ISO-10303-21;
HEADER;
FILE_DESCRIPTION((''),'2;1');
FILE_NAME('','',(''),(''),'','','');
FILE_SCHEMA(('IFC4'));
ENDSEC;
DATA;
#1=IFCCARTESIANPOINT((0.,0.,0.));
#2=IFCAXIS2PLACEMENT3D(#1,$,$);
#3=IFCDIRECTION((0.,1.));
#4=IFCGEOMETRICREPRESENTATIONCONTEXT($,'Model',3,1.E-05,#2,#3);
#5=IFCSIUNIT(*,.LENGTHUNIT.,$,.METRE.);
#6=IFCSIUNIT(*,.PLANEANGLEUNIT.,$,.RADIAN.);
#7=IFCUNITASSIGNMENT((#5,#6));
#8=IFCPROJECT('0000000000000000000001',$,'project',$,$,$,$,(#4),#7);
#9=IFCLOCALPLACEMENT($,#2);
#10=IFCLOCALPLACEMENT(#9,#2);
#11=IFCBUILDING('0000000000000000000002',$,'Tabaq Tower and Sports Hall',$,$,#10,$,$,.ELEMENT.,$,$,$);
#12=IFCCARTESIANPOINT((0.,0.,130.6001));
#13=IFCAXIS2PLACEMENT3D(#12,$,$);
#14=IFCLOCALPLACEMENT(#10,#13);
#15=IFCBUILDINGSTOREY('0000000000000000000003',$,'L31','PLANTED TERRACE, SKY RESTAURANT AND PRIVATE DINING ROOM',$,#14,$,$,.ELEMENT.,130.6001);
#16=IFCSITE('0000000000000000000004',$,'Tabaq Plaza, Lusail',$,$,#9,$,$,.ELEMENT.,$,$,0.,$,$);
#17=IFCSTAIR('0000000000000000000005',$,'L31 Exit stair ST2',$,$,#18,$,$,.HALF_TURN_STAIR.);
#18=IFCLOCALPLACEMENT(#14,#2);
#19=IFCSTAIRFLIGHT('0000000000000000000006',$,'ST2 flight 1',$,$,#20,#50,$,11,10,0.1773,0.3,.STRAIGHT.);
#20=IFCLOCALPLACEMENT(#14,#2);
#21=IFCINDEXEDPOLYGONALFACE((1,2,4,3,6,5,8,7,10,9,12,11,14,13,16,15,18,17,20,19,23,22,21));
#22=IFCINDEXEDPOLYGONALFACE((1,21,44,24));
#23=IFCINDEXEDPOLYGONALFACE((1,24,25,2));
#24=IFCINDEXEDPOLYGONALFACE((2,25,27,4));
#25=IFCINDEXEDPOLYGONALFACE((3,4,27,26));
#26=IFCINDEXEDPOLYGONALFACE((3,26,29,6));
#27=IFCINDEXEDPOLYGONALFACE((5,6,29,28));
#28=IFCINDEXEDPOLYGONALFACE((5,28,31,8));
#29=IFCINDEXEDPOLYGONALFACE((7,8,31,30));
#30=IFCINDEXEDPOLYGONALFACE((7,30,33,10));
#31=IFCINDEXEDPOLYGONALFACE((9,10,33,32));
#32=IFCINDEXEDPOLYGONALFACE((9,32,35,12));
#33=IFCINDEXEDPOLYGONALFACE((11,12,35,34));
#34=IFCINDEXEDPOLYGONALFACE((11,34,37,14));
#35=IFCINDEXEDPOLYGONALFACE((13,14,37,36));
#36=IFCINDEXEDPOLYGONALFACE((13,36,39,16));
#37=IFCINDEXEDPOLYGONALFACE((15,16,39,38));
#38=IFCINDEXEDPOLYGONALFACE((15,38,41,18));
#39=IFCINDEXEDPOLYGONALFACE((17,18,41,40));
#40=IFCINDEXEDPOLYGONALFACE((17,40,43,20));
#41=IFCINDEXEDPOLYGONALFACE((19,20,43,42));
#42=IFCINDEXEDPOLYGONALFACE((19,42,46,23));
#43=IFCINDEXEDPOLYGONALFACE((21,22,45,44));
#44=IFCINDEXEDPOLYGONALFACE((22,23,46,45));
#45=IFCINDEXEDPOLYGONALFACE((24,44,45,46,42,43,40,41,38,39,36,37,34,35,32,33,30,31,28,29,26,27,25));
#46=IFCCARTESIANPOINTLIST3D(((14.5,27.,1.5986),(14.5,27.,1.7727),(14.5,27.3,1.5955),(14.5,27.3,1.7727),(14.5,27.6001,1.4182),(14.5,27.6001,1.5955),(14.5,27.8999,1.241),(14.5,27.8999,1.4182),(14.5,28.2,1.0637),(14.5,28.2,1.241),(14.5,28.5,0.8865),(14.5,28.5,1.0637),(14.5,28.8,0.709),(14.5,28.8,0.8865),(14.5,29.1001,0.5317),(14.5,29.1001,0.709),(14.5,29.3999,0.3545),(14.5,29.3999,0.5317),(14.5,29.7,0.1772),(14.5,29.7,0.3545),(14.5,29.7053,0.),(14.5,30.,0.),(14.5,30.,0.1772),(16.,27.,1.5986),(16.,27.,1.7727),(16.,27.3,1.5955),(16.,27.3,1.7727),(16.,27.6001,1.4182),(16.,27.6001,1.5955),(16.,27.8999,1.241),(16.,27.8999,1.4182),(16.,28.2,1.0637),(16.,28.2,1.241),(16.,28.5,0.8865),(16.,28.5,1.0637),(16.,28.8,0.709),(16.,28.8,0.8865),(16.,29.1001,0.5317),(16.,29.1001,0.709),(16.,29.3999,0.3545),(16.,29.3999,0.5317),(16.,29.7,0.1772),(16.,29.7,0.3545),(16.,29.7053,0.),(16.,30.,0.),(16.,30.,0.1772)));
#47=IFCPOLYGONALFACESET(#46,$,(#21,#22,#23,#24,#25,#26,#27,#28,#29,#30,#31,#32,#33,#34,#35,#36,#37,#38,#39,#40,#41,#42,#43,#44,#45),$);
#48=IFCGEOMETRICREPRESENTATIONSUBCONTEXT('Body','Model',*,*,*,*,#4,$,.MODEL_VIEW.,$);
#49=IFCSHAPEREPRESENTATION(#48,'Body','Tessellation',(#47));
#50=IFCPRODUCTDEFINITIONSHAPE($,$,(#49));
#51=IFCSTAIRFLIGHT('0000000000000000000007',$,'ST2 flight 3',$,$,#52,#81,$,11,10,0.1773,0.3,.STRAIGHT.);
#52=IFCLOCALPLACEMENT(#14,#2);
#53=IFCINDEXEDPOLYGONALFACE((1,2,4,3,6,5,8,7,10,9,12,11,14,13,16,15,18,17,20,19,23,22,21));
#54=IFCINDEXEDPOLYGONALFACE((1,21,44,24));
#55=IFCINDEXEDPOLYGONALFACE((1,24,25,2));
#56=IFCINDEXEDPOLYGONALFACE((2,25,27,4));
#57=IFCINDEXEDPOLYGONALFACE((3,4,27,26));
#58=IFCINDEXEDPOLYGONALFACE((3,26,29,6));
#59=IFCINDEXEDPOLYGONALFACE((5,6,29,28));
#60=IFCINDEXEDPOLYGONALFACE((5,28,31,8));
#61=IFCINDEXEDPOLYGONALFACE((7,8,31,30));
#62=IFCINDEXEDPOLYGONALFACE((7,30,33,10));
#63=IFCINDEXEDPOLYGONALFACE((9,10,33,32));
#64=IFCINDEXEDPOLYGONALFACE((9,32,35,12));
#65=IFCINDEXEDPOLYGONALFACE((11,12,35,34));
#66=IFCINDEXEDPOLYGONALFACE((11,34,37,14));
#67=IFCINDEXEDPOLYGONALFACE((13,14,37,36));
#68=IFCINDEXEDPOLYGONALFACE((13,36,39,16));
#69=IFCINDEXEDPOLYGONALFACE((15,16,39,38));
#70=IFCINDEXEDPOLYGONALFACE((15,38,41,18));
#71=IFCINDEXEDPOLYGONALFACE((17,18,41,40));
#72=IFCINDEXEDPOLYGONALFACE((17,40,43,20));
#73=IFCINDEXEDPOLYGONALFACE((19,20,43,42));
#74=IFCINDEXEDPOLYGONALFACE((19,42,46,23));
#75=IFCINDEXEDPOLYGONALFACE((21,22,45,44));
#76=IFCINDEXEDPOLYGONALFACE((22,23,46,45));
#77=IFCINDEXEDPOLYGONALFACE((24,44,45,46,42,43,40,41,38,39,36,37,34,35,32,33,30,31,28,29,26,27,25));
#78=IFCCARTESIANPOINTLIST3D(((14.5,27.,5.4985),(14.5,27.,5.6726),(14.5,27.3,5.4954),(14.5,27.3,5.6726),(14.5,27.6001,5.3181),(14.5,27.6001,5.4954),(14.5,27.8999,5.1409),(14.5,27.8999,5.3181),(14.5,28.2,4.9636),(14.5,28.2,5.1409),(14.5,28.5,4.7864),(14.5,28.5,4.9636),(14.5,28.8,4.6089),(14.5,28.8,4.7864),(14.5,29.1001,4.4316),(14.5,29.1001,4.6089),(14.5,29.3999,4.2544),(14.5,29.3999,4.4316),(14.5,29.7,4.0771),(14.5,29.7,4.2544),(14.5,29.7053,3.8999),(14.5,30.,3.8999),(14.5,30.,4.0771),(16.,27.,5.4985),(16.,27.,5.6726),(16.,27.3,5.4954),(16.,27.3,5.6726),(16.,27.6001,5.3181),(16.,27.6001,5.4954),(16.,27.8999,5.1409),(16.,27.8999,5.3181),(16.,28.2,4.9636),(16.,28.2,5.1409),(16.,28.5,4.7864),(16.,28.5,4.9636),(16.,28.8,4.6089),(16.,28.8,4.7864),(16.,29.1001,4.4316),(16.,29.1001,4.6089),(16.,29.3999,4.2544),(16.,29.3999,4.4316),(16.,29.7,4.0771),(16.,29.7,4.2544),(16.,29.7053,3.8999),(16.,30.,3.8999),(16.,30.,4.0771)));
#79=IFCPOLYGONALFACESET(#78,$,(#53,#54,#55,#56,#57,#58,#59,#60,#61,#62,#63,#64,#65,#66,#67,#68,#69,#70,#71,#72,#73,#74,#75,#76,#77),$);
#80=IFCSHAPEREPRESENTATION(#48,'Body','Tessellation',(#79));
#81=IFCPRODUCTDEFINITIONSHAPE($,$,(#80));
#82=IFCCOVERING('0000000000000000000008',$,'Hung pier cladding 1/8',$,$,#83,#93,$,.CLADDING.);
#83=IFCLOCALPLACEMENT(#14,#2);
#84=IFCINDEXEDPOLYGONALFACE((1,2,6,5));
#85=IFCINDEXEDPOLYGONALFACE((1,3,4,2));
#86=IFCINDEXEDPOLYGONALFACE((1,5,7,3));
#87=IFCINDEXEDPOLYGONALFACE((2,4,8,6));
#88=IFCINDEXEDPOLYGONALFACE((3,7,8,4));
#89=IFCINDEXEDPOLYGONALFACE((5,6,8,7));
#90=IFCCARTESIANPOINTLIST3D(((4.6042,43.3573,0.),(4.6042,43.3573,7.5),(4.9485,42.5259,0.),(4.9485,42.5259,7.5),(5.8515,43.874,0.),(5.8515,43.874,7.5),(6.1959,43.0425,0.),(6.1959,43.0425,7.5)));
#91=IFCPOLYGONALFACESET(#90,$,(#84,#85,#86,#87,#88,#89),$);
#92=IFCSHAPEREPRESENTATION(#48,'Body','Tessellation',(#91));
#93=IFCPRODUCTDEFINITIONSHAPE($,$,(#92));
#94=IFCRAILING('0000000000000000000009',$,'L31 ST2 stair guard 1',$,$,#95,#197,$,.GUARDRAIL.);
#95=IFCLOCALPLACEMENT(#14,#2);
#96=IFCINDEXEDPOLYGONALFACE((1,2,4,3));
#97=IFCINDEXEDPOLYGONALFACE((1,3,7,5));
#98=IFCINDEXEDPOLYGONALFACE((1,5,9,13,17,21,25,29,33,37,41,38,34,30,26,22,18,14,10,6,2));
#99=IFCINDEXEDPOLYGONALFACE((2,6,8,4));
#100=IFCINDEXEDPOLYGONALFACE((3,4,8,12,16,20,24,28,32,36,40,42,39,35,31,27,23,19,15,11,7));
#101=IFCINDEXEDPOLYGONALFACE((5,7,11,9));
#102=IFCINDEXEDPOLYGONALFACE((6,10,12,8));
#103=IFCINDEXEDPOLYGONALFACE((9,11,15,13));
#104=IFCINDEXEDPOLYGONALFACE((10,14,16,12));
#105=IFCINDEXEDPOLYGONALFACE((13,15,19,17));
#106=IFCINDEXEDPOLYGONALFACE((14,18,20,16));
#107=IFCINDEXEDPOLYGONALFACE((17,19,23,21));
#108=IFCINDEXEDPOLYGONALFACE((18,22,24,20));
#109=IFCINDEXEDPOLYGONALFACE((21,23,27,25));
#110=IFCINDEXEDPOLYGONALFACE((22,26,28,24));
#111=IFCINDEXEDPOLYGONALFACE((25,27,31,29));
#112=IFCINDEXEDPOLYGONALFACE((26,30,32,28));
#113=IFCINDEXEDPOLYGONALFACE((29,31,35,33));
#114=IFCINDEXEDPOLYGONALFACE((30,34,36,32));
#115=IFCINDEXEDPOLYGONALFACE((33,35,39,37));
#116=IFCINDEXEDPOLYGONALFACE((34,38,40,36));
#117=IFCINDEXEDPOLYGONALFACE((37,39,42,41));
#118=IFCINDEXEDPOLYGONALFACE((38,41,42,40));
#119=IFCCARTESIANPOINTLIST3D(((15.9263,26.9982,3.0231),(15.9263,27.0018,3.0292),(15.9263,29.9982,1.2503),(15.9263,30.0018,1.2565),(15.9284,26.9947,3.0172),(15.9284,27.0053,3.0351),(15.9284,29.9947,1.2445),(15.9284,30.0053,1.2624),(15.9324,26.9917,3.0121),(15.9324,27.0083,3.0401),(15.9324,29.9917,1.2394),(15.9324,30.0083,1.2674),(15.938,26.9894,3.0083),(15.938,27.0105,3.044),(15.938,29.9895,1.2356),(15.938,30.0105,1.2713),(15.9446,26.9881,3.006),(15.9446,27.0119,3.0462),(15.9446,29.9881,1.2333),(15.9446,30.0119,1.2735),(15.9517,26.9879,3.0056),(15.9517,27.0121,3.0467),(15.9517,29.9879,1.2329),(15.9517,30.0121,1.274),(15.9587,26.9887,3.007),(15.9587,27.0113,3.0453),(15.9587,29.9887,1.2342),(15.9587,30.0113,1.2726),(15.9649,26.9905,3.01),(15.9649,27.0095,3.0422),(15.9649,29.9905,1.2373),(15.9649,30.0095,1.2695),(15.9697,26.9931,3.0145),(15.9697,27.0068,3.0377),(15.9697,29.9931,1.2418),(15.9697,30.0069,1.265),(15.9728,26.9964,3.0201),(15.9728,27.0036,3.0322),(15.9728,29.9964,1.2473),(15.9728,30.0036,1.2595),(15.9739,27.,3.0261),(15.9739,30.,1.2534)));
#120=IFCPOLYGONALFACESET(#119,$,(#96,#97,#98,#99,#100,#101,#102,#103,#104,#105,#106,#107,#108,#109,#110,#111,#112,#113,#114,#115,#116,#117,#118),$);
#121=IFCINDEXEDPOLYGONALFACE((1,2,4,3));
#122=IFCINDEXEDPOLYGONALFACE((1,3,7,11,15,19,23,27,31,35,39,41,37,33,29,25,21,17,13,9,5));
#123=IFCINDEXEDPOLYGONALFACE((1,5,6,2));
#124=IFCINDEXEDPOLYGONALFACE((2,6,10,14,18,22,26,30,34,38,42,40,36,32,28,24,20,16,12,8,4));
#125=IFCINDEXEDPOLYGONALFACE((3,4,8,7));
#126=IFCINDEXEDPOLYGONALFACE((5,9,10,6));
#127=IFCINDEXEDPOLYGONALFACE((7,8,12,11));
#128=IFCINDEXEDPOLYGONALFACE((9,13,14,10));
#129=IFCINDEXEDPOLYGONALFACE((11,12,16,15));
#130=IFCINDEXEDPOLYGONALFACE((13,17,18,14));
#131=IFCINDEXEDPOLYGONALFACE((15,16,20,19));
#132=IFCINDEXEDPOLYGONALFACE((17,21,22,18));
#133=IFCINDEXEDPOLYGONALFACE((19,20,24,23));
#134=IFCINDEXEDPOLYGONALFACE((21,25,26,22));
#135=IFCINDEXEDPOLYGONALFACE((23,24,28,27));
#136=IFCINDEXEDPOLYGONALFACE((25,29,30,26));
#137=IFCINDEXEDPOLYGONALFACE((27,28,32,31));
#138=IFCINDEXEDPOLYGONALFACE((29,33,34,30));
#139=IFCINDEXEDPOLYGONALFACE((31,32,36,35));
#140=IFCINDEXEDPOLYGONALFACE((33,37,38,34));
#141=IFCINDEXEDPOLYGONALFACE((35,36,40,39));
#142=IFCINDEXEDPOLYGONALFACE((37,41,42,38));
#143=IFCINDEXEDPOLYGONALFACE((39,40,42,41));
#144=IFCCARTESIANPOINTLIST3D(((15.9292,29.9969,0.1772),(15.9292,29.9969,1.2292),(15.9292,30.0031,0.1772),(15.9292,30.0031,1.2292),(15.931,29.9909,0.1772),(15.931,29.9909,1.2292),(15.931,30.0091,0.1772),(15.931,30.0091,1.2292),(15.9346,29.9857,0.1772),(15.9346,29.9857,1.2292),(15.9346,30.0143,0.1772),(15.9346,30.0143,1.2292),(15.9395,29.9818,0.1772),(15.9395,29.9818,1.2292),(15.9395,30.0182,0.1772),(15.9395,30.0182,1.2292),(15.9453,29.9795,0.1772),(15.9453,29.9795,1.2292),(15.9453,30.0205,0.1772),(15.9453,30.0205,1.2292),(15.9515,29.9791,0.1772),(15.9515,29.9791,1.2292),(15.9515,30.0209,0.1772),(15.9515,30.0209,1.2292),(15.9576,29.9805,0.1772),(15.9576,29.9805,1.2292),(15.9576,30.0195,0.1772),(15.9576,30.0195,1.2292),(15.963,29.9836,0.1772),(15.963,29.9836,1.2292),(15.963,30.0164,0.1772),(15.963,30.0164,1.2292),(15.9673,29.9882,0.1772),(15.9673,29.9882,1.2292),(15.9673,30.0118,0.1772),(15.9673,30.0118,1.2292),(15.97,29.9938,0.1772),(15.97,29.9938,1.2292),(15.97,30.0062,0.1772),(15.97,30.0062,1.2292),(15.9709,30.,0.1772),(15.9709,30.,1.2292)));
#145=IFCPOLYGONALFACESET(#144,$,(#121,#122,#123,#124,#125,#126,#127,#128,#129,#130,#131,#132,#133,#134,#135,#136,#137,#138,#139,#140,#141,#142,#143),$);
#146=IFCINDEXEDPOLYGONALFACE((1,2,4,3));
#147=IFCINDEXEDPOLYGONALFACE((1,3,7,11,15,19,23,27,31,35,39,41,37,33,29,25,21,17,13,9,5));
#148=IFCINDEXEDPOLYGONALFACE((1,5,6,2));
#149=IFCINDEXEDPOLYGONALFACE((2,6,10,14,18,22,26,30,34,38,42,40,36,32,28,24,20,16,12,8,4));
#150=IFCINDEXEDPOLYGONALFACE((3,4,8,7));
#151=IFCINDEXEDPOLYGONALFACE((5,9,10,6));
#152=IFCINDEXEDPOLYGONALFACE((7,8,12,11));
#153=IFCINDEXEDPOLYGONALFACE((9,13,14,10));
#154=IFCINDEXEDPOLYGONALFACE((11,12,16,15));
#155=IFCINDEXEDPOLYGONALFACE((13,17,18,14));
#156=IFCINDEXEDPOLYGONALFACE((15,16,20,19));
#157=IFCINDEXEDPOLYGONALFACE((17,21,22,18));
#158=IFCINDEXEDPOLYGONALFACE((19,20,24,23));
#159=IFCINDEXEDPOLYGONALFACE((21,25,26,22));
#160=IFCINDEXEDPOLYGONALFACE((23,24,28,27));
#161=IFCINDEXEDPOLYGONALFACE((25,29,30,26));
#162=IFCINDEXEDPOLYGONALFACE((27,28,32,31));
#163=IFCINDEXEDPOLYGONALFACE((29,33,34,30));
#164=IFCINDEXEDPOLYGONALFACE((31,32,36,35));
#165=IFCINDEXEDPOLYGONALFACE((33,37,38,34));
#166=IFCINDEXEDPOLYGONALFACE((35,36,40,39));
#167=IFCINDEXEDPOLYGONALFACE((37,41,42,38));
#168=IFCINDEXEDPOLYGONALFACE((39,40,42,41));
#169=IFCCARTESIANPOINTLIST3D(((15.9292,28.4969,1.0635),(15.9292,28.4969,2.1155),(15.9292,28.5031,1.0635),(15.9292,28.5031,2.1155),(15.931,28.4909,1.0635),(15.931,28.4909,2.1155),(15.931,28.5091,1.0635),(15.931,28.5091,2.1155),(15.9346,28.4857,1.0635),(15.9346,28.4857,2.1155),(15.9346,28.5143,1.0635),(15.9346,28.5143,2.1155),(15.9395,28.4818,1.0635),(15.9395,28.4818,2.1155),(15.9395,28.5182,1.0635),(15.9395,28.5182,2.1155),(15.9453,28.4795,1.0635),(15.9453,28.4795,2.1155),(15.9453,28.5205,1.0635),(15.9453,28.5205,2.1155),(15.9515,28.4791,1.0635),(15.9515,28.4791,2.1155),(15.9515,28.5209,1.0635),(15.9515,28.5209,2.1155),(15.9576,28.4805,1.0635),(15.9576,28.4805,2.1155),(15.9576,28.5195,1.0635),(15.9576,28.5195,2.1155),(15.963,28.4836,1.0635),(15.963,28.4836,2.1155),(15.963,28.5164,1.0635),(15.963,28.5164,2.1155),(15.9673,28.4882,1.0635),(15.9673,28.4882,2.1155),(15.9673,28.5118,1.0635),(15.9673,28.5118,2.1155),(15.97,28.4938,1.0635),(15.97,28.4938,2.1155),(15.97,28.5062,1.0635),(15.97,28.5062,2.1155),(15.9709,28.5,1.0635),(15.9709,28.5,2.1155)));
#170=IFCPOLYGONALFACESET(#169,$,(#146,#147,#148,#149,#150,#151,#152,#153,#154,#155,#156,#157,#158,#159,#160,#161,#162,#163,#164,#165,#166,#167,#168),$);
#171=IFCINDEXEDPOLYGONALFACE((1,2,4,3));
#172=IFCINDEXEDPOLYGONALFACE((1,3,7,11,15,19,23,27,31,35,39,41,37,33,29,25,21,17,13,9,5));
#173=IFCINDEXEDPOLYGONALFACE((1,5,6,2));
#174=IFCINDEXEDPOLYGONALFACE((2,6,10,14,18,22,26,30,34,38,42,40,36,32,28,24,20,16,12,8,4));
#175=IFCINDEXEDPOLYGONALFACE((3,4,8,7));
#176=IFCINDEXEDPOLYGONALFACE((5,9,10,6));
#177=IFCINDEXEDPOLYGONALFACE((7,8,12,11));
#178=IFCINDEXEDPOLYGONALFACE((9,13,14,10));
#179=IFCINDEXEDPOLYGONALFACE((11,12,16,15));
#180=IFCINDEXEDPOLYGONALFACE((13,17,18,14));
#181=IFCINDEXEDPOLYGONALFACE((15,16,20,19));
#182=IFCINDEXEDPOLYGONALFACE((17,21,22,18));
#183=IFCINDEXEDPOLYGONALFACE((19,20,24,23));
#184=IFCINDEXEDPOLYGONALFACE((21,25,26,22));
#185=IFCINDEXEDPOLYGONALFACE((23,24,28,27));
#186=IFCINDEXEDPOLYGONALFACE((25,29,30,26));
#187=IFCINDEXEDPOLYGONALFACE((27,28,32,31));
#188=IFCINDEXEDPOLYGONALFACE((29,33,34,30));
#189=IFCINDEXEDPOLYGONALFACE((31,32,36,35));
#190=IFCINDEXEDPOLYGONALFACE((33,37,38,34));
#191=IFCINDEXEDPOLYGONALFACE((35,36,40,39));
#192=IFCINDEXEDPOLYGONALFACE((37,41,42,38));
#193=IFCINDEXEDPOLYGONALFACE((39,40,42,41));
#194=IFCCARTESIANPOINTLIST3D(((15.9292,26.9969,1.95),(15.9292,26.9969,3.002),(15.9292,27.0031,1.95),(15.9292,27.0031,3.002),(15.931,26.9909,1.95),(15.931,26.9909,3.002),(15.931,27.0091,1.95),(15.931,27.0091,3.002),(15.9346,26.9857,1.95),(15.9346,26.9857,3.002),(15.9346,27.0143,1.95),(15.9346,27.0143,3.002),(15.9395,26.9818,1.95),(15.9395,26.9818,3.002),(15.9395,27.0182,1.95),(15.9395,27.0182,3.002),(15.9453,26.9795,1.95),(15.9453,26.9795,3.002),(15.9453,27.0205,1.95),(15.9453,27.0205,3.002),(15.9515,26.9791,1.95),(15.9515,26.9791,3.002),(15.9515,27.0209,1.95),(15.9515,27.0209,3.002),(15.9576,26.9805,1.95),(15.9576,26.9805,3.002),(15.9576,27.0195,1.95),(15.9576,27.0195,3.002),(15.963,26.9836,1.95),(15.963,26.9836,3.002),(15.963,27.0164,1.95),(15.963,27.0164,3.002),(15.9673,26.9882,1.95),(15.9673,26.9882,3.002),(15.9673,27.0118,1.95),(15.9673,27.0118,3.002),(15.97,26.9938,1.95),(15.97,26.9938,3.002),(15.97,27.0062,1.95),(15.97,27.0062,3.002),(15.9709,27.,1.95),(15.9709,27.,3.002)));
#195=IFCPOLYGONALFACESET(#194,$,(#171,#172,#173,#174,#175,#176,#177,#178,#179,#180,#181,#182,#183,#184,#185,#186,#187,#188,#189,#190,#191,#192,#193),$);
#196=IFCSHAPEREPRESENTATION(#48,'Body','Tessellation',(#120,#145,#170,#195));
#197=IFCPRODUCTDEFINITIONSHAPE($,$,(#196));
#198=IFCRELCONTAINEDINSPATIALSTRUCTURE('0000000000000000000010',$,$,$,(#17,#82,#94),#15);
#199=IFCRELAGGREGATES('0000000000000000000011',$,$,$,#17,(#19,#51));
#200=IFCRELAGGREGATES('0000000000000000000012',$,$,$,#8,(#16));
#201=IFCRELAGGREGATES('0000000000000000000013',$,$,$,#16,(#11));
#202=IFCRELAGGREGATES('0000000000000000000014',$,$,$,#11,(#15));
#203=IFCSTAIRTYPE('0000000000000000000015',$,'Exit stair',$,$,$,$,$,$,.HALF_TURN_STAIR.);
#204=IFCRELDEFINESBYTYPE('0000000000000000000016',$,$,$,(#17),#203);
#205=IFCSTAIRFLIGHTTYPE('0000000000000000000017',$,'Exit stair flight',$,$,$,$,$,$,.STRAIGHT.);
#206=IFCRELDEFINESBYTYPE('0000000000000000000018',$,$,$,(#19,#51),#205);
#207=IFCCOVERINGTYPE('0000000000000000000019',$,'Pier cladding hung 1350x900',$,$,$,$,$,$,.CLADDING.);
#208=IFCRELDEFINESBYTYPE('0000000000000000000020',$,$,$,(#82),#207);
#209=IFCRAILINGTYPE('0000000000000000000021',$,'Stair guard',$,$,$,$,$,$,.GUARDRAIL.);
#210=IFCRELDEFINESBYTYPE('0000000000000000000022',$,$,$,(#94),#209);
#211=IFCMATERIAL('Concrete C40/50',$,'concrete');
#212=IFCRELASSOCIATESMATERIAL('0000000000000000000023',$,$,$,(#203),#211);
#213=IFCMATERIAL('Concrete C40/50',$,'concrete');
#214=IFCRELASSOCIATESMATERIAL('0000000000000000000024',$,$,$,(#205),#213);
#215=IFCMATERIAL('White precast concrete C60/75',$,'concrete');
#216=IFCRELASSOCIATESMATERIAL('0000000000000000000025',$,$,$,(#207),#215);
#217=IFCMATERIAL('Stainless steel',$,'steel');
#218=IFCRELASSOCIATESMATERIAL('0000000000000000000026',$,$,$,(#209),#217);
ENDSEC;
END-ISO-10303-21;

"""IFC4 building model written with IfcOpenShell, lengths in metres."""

from ifc_helpers import new_model, si_unit, direction, frame, frame_2d, origin, origin_2d, place, context, subcontext, project, spatial, polyline, rectangle, circle, outline, extrude, material, type_object, element, aggregate, save


model = new_model("IFC4")

# Units and contexts
model_context = context("Model", 3, precision=1e-05, world=origin(), true_north=direction((0.0, 1.0)))
body_context = subcontext(model_context, "Body", "Model", "MODEL_VIEW")
ifc_project = project(units=[si_unit("LENGTHUNIT", "METRE"), si_unit("PLANEANGLEUNIT", "RADIAN")], contexts=[model_context])

# Site, building, storey
site_placement = place(None, origin())
site = spatial("IfcSite", under=ifc_project, at=site_placement, Name="Tabaq Plaza, Lusail", CompositionType="ELEMENT", RefElevation=0.0)
building_placement = place(site_placement, origin())
building = spatial("IfcBuilding", under=site, at=building_placement, Name="Tabaq Tower and Sports Hall", CompositionType="ELEMENT")
storey_placement = place(building_placement, frame((0.0, 0.0, 130.6001)))
storey = spatial("IfcBuildingStorey", under=building, at=storey_placement, Name="L31", Description="PLANTED TERRACE, SKY RESTAURANT AND PRIVATE DINING ROOM", CompositionType="ELEMENT", Elevation=130.6001)

# Stair, stair flights
ifc_material_1 = material(Name="Concrete C40/50", Category="concrete")
stair_type = type_object("IfcStairType", Name="Exit stair", PredefinedType="HALF_TURN_STAIR", material=ifc_material_1)
stair_placement = place(storey_placement, origin())
stair = element("IfcStair", 1, at=stair_placement, inside=storey, type_object=stair_type, Name="L31 Exit stair ST2", PredefinedType="HALF_TURN_STAIR")
ifc_material_2 = material(Name="Concrete C40/50", Category="concrete")
stair_flight_type = type_object("IfcStairFlightType", Name="Exit stair flight", PredefinedType="STRAIGHT", material=ifc_material_2)
stair_flight_1_placement = place(storey_placement, frame((15.25, 30.0, 0.0), z_axis=(0.0, 0.0, 1.0), x_axis=(0.0, -1.0, 0.0)))
stair_flight_1 = element("IfcStairFlight", 2, at=stair_flight_1_placement, type_object=stair_flight_type, Name="ST2 flight 1", NumberOfRisers=11, NumberOfTreads=10, PredefinedType="STRAIGHT", RiserHeight=0.1773, TreadLength=0.3, context=body_context, shape_type="SweptSolid", body=[
    extrude(outline(polyline([(0.0, 0.0), (0.0, 0.1772), (0.3, 0.1772), (0.3, 0.3545), (0.6001, 0.3545), (0.6001, 0.5317), (0.8999, 0.5317), (0.8999, 0.709), (1.2, 0.709), (1.2, 0.8865), (1.5, 0.8865), (1.5, 1.0637), (1.8, 1.0637), (1.8, 1.241), (2.1001, 1.241), (2.1001, 1.4182), (2.3999, 1.4182), (2.3999, 1.5955), (2.7, 1.5955), (2.7, 1.7727), (3.0, 1.7727), (3.0, 1.95), (3.0, 1.5986), (0.2947, 0.0), (0.0, 0.0)])), frame((0.0, 0.75, 0.0), z_axis=(0.0, -1.0, 0.0), x_axis=(1.0, 0.0, 0.0)), (0.0, 0.0, 1.0), 1.5),
])
stair_flight_2_placement = place(storey_placement, frame((15.25, 30.0, 3.8999), z_axis=(0.0, 0.0, 1.0), x_axis=(0.0, -1.0, 0.0)))
stair_flight_2 = element("IfcStairFlight", 3, at=stair_flight_2_placement, type_object=stair_flight_type, Name="ST2 flight 3", NumberOfRisers=11, NumberOfTreads=10, PredefinedType="STRAIGHT", RiserHeight=0.1773, TreadLength=0.3, context=body_context, shape_type="SweptSolid", body=[
    extrude(outline(polyline([(0.0, 0.0), (0.0, 0.1772), (0.3, 0.1772), (0.3, 0.3545), (0.6001, 0.3545), (0.6001, 0.5317), (0.8999, 0.5317), (0.8999, 0.709), (1.2, 0.709), (1.2, 0.8865), (1.5, 0.8865), (1.5, 1.0637), (1.8, 1.0637), (1.8, 1.241), (2.1001, 1.241), (2.1001, 1.4182), (2.3999, 1.4182), (2.3999, 1.5955), (2.7, 1.5955), (2.7, 1.7727), (3.0, 1.7727), (3.0, 1.95), (3.0, 1.5986), (0.2947, 0.0), (0.0, 0.0)])), frame((0.0, 0.75, 0.0), z_axis=(0.0, -1.0, 0.0), x_axis=(1.0, 0.0, 0.0)), (0.0, 0.0, 1.0), 1.5),
])
aggregate(stair, [stair_flight_1, stair_flight_2])

# Covering
ifc_material_3 = material(Name="White precast concrete C60/75", Category="concrete")
covering_type = type_object("IfcCoveringType", Name="Pier cladding hung 1350x900", PredefinedType="CLADDING", material=ifc_material_3)
covering_placement = place(storey_placement, frame((6.0237, 43.4583, 0.0), z_axis=(0.0, 0.0, 1.0), x_axis=(-0.923893, -0.38265, 0.0)))
element("IfcCovering", 4, at=covering_placement, inside=storey, type_object=covering_type, Name="Hung pier cladding 1/8", PredefinedType="CLADDING", context=body_context, shape_type="SweptSolid", body=[
    extrude(rectangle(XDim=1.3501, YDim=0.8999, at=frame_2d((0.675, 0.0))), origin(), (0.0, 0.0, 1.0), 7.5),
])

# Railing
ifc_material_4 = material(Name="Stainless steel", Category="steel")
railing_type_1 = type_object("IfcRailingType", Name="Stair guard", PredefinedType="GUARDRAIL", material=ifc_material_4)
railing_1_placement = place(storey_placement, frame((15.95, 30.0, 0.1772)))
element("IfcRailing", 5, at=railing_1_placement, inside=storey, type_object=railing_type_1, Name="L31 ST2 stair guard 1", PredefinedType="GUARDRAIL", context=body_context, shape_type="SweptSolid", body=[
    extrude(circle(Radius=0.0239, at=origin_2d()), frame((0.0, 0.0, 1.0762), z_axis=(0.0, -0.860929, 0.508725), x_axis=(1.0, 0.0, 0.0)), (0.0, 0.0, 1.0), 3.4846),
    extrude(circle(Radius=0.021, at=origin_2d()), origin(), (0.0, 0.0, 1.0), 1.052),
    extrude(circle(Radius=0.021, at=origin_2d()), frame((0.0, -1.5, 0.8862)), (0.0, 0.0, 1.0), 1.052),
    extrude(circle(Radius=0.021, at=origin_2d()), frame((0.0, -3.0, 1.7727)), (0.0, 0.0, 1.0), 1.052),
])

save(model, "model.ifc")
